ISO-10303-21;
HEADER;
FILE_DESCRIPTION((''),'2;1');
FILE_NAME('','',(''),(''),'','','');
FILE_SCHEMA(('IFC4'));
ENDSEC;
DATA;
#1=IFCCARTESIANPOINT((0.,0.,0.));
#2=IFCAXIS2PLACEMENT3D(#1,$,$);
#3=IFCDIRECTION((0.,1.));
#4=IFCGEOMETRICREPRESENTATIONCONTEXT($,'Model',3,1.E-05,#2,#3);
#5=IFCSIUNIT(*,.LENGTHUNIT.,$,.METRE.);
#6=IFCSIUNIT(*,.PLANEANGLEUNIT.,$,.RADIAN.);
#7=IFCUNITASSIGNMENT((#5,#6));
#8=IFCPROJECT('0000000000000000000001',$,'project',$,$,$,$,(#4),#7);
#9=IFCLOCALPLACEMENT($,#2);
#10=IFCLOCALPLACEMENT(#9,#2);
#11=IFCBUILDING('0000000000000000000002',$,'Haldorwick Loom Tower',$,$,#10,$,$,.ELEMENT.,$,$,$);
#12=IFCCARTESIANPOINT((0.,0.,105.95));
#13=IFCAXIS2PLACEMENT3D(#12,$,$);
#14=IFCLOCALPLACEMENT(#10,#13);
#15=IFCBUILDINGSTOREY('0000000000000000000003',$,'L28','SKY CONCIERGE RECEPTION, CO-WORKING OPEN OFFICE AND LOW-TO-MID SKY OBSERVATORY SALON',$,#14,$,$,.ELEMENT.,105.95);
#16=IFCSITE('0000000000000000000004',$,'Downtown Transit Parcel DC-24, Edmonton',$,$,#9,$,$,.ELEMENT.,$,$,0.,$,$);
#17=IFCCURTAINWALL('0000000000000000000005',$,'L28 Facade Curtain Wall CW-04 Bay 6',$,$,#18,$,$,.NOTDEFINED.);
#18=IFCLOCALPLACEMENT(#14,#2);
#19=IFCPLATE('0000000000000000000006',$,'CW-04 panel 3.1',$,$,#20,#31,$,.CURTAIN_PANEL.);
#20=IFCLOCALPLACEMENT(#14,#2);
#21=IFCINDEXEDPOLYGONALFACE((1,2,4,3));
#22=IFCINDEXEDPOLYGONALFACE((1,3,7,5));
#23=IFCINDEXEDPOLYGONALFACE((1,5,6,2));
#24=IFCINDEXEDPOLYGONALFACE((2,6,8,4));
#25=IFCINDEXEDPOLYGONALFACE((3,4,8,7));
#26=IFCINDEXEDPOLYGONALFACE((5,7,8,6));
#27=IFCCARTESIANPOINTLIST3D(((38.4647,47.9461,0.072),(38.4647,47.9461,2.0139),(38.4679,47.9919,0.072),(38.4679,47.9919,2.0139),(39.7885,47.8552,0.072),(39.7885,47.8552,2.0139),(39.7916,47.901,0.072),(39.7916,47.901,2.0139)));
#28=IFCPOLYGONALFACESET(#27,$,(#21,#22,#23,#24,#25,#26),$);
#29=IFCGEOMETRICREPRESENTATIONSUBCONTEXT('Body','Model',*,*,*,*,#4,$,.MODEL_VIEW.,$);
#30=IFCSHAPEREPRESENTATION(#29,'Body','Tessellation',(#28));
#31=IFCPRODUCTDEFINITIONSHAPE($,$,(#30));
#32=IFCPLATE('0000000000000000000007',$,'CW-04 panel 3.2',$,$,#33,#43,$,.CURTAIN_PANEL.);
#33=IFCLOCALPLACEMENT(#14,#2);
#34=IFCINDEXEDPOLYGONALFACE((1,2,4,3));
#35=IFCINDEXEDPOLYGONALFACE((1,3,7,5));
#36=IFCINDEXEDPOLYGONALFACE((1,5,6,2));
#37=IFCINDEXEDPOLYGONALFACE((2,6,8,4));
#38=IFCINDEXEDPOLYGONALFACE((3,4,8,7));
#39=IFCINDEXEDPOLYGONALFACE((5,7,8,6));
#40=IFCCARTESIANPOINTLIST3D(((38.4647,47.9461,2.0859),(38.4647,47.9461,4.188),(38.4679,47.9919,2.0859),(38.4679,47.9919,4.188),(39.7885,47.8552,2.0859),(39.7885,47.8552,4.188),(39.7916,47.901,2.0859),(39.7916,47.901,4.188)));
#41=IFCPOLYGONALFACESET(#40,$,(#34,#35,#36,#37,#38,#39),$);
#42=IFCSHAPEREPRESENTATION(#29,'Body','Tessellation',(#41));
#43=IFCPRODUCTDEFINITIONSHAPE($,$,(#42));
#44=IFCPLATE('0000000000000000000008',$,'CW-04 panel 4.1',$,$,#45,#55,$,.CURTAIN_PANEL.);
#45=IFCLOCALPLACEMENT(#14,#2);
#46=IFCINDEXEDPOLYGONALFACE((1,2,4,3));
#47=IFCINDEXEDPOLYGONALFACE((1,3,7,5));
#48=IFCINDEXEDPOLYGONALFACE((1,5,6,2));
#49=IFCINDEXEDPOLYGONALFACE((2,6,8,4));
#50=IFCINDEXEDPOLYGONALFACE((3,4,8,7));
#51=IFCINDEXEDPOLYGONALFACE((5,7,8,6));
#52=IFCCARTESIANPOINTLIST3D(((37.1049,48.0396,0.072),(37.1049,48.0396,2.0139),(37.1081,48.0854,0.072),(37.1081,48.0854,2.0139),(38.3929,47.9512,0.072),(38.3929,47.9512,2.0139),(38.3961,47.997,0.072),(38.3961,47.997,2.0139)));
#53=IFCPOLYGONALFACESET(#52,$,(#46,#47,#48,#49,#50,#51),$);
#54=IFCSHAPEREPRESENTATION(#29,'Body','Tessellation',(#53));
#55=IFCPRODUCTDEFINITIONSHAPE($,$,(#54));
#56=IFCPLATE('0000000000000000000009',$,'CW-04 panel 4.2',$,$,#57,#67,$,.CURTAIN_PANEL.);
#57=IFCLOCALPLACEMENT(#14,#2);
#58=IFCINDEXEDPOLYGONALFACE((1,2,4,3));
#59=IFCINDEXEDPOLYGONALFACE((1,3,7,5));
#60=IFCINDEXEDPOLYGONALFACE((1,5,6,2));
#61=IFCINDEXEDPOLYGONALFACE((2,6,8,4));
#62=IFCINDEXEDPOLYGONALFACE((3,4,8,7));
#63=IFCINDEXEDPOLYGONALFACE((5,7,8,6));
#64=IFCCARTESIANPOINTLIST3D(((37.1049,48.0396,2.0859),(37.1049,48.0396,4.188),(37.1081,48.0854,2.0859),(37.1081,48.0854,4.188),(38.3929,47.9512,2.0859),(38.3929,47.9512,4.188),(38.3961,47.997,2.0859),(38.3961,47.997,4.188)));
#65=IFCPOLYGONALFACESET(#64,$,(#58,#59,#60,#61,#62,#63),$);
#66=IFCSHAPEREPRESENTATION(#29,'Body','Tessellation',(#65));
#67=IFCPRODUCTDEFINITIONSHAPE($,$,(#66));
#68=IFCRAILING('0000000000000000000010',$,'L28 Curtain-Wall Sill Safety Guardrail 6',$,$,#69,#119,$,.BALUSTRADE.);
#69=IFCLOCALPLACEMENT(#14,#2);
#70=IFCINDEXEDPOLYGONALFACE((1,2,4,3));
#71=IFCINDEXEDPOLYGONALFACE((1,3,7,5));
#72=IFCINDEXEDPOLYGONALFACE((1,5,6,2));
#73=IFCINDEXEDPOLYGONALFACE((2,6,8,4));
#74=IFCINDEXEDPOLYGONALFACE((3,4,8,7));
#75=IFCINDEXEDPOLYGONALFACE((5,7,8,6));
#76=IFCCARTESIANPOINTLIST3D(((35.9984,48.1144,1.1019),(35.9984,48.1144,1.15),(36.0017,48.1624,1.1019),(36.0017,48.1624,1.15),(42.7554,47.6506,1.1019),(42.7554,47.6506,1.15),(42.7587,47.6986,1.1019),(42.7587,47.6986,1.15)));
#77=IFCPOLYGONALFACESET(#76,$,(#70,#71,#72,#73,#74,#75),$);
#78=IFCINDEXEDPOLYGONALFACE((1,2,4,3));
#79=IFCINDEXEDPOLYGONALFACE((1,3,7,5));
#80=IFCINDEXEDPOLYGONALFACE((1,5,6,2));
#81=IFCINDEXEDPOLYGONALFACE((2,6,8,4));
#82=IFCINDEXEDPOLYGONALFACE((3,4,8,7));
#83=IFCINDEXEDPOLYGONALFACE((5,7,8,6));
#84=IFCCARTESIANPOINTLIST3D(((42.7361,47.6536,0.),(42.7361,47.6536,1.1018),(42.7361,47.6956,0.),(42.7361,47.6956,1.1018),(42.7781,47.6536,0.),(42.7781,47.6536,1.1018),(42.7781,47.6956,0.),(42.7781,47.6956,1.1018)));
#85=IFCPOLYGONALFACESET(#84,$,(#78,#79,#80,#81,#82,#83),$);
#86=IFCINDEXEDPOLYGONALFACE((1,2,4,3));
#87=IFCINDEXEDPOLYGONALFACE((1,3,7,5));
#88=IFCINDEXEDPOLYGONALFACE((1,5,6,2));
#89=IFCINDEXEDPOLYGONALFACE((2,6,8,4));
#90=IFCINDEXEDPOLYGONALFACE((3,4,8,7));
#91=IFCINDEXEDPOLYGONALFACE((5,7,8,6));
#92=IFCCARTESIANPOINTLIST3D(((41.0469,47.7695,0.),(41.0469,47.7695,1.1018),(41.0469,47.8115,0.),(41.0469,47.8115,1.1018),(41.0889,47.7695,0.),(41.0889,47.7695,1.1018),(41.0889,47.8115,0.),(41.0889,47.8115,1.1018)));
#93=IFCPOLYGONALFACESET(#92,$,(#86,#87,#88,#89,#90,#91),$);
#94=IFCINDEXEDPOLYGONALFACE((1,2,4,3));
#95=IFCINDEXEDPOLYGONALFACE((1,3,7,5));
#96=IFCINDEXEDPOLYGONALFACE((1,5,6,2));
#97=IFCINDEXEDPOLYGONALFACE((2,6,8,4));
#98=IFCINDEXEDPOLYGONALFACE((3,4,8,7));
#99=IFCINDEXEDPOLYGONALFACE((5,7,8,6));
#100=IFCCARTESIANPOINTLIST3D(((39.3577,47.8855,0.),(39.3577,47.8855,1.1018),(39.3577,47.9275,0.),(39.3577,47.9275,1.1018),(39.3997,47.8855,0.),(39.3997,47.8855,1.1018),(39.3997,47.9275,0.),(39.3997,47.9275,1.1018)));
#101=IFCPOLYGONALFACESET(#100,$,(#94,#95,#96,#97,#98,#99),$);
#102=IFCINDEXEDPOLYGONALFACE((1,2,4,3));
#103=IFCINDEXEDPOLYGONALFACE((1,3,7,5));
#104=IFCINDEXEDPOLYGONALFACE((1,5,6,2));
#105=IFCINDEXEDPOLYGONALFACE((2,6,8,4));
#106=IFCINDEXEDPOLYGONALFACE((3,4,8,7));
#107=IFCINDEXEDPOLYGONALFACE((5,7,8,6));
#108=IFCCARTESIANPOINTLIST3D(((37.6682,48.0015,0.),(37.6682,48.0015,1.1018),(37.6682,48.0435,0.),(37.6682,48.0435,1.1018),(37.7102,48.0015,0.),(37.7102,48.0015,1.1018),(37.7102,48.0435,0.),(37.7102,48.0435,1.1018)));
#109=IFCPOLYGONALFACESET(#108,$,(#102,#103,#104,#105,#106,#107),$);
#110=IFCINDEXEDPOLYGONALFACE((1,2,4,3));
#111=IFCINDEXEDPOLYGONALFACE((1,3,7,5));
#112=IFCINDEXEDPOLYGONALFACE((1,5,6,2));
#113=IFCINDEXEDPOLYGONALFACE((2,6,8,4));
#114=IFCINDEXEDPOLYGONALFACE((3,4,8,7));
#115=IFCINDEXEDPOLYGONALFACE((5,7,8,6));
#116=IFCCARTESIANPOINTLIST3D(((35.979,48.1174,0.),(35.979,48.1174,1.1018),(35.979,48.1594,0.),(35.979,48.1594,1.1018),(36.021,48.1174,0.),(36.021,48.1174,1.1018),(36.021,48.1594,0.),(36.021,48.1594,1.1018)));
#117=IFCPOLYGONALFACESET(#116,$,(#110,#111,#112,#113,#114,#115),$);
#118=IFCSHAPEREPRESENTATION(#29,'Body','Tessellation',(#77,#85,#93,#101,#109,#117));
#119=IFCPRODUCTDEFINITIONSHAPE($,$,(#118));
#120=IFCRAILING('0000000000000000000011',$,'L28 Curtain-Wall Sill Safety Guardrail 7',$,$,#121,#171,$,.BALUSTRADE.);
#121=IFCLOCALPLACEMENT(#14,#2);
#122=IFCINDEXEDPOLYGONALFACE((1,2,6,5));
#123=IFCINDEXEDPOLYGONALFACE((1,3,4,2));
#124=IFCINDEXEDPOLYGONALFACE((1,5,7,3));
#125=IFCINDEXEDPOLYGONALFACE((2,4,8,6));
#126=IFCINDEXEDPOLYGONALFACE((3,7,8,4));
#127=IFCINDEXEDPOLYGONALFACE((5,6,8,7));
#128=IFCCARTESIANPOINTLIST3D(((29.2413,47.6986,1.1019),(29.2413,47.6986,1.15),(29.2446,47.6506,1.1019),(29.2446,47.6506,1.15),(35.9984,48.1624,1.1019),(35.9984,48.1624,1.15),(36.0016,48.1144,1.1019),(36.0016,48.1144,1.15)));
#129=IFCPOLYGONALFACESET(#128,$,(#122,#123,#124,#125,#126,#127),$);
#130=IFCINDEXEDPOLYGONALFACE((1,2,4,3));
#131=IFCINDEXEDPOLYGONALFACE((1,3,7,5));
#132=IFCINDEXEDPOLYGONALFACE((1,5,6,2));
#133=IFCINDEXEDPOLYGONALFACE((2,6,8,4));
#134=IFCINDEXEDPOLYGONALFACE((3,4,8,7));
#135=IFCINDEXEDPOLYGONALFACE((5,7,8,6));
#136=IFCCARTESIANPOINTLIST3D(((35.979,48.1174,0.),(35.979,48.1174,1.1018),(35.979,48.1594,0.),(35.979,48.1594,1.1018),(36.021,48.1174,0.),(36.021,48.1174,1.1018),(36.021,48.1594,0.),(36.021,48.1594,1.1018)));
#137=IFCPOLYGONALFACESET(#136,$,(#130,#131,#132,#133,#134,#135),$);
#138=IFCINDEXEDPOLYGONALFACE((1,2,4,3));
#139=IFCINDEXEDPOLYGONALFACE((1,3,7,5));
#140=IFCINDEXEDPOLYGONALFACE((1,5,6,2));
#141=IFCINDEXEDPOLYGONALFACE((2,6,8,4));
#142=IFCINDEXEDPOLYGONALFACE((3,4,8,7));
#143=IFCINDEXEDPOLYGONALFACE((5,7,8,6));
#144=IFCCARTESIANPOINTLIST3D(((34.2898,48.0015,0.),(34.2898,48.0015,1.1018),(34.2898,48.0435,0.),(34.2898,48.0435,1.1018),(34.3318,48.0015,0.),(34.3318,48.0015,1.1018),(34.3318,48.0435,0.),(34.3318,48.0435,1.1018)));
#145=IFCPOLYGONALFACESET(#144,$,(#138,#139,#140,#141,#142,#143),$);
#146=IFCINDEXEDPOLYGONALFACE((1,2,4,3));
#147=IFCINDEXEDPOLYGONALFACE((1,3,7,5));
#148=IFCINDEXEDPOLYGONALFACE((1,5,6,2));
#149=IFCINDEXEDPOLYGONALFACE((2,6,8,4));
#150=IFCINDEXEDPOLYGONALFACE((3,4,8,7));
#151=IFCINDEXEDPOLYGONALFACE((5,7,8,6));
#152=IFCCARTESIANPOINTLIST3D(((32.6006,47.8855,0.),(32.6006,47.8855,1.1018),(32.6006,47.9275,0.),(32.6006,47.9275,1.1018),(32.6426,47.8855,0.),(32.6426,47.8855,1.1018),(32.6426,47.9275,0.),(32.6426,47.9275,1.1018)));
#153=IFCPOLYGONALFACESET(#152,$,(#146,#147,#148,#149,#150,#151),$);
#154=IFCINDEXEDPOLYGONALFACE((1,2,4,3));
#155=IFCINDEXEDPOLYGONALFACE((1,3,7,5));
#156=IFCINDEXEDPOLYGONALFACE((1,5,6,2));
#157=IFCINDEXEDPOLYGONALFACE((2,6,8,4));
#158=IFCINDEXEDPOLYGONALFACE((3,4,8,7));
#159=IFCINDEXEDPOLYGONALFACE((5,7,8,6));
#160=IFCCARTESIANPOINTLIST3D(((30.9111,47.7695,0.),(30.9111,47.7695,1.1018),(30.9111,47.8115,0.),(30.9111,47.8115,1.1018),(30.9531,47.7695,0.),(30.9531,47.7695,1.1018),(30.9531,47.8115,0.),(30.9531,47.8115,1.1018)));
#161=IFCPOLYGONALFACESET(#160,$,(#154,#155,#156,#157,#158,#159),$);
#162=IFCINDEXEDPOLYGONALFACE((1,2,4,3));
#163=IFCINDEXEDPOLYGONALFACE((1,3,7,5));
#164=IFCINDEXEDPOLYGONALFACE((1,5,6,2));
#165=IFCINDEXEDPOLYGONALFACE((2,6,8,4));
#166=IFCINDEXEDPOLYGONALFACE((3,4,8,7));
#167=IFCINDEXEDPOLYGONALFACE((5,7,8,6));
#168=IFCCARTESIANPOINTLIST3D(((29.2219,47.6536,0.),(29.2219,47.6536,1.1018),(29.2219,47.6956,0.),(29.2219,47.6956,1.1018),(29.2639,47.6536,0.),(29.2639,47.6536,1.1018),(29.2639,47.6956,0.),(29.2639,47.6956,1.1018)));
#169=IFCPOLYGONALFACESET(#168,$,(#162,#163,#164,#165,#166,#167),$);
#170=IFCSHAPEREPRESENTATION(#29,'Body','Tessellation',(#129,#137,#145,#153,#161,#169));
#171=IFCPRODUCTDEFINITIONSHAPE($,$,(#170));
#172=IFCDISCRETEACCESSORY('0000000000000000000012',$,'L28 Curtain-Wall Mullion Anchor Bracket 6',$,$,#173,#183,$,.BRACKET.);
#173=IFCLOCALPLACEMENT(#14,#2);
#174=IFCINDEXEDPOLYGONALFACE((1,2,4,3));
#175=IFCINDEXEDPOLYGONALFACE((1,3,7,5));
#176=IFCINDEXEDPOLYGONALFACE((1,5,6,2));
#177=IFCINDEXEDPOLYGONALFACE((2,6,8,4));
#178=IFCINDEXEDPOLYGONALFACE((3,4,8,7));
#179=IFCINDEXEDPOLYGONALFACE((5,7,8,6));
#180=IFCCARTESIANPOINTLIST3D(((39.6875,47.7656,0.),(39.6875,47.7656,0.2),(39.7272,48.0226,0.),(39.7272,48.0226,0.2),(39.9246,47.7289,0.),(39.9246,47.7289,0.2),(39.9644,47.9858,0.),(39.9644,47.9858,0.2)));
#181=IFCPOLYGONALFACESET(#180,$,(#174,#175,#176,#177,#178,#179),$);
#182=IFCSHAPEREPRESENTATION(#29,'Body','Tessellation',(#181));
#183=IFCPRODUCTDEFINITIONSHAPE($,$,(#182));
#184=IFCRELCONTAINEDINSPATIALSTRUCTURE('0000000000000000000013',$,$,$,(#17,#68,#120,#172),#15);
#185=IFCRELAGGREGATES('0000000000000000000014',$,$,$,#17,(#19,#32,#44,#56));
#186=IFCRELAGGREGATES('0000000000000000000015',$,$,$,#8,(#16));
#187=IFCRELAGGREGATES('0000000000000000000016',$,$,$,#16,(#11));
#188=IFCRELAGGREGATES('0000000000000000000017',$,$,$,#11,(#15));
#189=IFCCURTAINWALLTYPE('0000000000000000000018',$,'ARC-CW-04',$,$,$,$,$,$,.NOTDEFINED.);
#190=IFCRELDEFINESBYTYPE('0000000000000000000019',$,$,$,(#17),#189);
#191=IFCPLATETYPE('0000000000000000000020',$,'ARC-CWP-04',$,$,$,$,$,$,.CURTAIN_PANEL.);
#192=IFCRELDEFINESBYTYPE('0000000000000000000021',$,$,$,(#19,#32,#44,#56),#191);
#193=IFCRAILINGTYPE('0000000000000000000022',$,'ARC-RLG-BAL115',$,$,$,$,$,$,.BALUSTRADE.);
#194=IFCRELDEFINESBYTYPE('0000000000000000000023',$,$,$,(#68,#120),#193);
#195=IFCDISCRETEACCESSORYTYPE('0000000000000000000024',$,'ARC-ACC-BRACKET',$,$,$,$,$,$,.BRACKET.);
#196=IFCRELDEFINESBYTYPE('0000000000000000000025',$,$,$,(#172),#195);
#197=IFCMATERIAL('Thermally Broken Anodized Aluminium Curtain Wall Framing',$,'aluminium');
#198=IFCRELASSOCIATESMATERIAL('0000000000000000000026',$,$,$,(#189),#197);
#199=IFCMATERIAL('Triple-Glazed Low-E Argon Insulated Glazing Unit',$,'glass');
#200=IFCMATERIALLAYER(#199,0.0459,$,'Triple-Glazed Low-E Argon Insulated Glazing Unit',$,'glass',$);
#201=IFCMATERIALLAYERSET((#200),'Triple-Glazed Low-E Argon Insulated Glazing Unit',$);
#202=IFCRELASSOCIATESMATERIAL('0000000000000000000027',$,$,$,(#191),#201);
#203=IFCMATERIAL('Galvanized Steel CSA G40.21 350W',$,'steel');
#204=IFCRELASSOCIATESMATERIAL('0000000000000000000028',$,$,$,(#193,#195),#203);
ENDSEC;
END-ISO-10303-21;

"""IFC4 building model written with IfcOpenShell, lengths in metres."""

from ifc_helpers import new_model, si_unit, direction, frame, origin, origin_2d, place, context, subcontext, project, spatial, rectangle, extrude, material, layer, layer_set, type_object, element, aggregate, save


model = new_model("IFC4")

# Units and contexts
model_context = context("Model", 3, precision=1e-05, world=origin(), true_north=direction((0.0, 1.0)))
body_context = subcontext(model_context, "Body", "Model", "MODEL_VIEW")
ifc_project = project(units=[si_unit("LENGTHUNIT", "METRE"), si_unit("PLANEANGLEUNIT", "RADIAN")], contexts=[model_context])

# Site, building, storey
site_placement = place(None, origin())
site = spatial("IfcSite", under=ifc_project, at=site_placement, Name="Downtown Transit Parcel DC-24, Edmonton", CompositionType="ELEMENT", RefElevation=0.0)
building_placement = place(site_placement, origin())
building = spatial("IfcBuilding", under=site, at=building_placement, Name="Haldorwick Loom Tower", CompositionType="ELEMENT")
storey_placement = place(building_placement, frame((0.0, 0.0, 105.95)))
storey = spatial("IfcBuildingStorey", under=building, at=storey_placement, Name="L28", Description="SKY CONCIERGE RECEPTION, CO-WORKING OPEN OFFICE AND LOW-TO-MID SKY OBSERVATORY SALON", CompositionType="ELEMENT", Elevation=105.95)

# Shared definitions
ifc_material_1 = material(Name="Thermally Broken Anodized Aluminium Curtain Wall Framing", Category="aluminium")
curtain_wall_type = type_object("IfcCurtainWallType", Name="ARC-CW-04", PredefinedType="NOTDEFINED", material=ifc_material_1)

# Curtain wall
curtain_wall_1_placement = place(storey_placement, origin())
curtain_wall_1 = element("IfcCurtainWall", 1, at=curtain_wall_1_placement, inside=storey, type_object=curtain_wall_type, Name="L28 Facade Curtain Wall CW-04 Bay 6", PredefinedType="NOTDEFINED")

# Plates
ifc_material_2 = material(Name="Triple-Glazed Low-E Argon Insulated Glazing Unit", Category="glass")
ifc_layer = layer(ifc_material_2, 0.0459, Name="Triple-Glazed Low-E Argon Insulated Glazing Unit", Category="glass")
ifc_layer_set = layer_set([ifc_layer], Name="Triple-Glazed Low-E Argon Insulated Glazing Unit")
plate_type = type_object("IfcPlateType", Name="ARC-CWP-04", PredefinedType="CURTAIN_PANEL", material=ifc_layer_set)
plate_1_placement = place(storey_placement, frame((39.1282, 47.9236, 0.072), z_axis=(0.0, 0.0, 1.0), x_axis=(-0.997651, 0.068496, 0.0)))
plate_1 = element("IfcPlate", 2, at=plate_1_placement, type_object=plate_type, Name="CW-04 panel 3.1", PredefinedType="CURTAIN_PANEL", context=body_context, shape_type="SweptSolid", body=[
    extrude(rectangle(XDim=1.3269, YDim=0.0459, at=origin_2d()), origin(), (0.0, 0.0, 1.0), 1.9419),
])
plate_2_placement = place(storey_placement, frame((39.1282, 47.9236, 2.0859), z_axis=(0.0, 0.0, 1.0), x_axis=(-0.997651, 0.068496, 0.0)))
plate_2 = element("IfcPlate", 3, at=plate_2_placement, type_object=plate_type, Name="CW-04 panel 3.2", PredefinedType="CURTAIN_PANEL", context=body_context, shape_type="SweptSolid", body=[
    extrude(rectangle(XDim=1.3269, YDim=0.0459, at=origin_2d()), origin(), (0.0, 0.0, 1.0), 2.1021),
])
plate_3_placement = place(storey_placement, frame((37.7505, 48.0183, 0.072), z_axis=(0.0, 0.0, 1.0), x_axis=(-0.997651, 0.068496, 0.0)))
plate_3 = element("IfcPlate", 4, at=plate_3_placement, type_object=plate_type, Name="CW-04 panel 4.1", PredefinedType="CURTAIN_PANEL", context=body_context, shape_type="SweptSolid", body=[
    extrude(rectangle(XDim=1.291, YDim=0.0459, at=origin_2d()), origin(), (0.0, 0.0, 1.0), 1.9419),
])
plate_4_placement = place(storey_placement, frame((37.7505, 48.0183, 2.0859), z_axis=(0.0, 0.0, 1.0), x_axis=(-0.997651, 0.068496, 0.0)))
plate_4 = element("IfcPlate", 5, at=plate_4_placement, type_object=plate_type, Name="CW-04 panel 4.2", PredefinedType="CURTAIN_PANEL", context=body_context, shape_type="SweptSolid", body=[
    extrude(rectangle(XDim=1.291, YDim=0.0459, at=origin_2d()), origin(), (0.0, 0.0, 1.0), 2.1021),
])
aggregate(curtain_wall_1, [plate_1, plate_2, plate_3, plate_4])

# Railings
ifc_material_3 = material(Name="Galvanized Steel CSA G40.21 350W", Category="steel")
railing_type = type_object("IfcRailingType", Name="ARC-RLG-BAL115", PredefinedType="BALUSTRADE", material=ifc_material_3)
railing_1_placement = place(storey_placement, frame((42.7571, 47.6746, 0.0)))
element("IfcRailing", 6, at=railing_1_placement, inside=storey, type_object=railing_type, Name="L28 Curtain-Wall Sill Safety Guardrail 6", PredefinedType="BALUSTRADE", context=body_context, shape_type="SweptSolid", body=[
    extrude(rectangle(XDim=0.0481, YDim=0.0481, at=origin_2d()), frame((0.0, 0.0, 1.126), z_axis=(-0.997652, 0.068488, 0.0), x_axis=(-0.068488, -0.997652, 0.0)), (0.0, 0.0, 1.0), 6.7729),
    extrude(rectangle(XDim=0.042, YDim=0.042, at=origin_2d()), origin(), (0.0, 0.0, 1.0), 1.1018),
    extrude(rectangle(XDim=0.042, YDim=0.042, at=origin_2d()), frame((-1.6892, 0.116, 0.0)), (0.0, 0.0, 1.0), 1.1018),
    extrude(rectangle(XDim=0.042, YDim=0.042, at=origin_2d()), frame((-3.3784, 0.2319, 0.0)), (0.0, 0.0, 1.0), 1.1018),
    extrude(rectangle(XDim=0.042, YDim=0.042, at=origin_2d()), frame((-5.0679, 0.3479, 0.0)), (0.0, 0.0, 1.0), 1.1018),
    extrude(rectangle(XDim=0.042, YDim=0.042, at=origin_2d()), frame((-6.7571, 0.4639, 0.0)), (0.0, 0.0, 1.0), 1.1018),
])
railing_2_placement = place(storey_placement, frame((36.0, 48.1384, 0.0)))
element("IfcRailing", 7, at=railing_2_placement, inside=storey, type_object=railing_type, Name="L28 Curtain-Wall Sill Safety Guardrail 7", PredefinedType="BALUSTRADE", context=body_context, shape_type="SweptSolid", body=[
    extrude(rectangle(XDim=0.0481, YDim=0.0481, at=origin_2d()), frame((0.0, 0.0, 1.126), z_axis=(-0.997652, -0.068488, 0.0), x_axis=(0.068488, -0.997652, 0.0)), (0.0, 0.0, 1.0), 6.7729),
    extrude(rectangle(XDim=0.042, YDim=0.042, at=origin_2d()), origin(), (0.0, 0.0, 1.0), 1.1018),
    extrude(rectangle(XDim=0.042, YDim=0.042, at=origin_2d()), frame((-1.6892, -0.116, 0.0)), (0.0, 0.0, 1.0), 1.1018),
    extrude(rectangle(XDim=0.042, YDim=0.042, at=origin_2d()), frame((-3.3784, -0.2319, 0.0)), (0.0, 0.0, 1.0), 1.1018),
    extrude(rectangle(XDim=0.042, YDim=0.042, at=origin_2d()), frame((-5.0679, -0.3479, 0.0)), (0.0, 0.0, 1.0), 1.1018),
    extrude(rectangle(XDim=0.042, YDim=0.042, at=origin_2d()), frame((-6.7571, -0.4639, 0.0)), (0.0, 0.0, 1.0), 1.1018),
])

# Discrete accessory
discrete_accessory_type = type_object("IfcDiscreteAccessoryType", Name="ARC-ACC-BRACKET", PredefinedType="BRACKET", material=ifc_material_3)
discrete_accessory_placement = place(storey_placement, frame((39.8259, 47.8757, 0.0), z_axis=(0.0, 0.0, 1.0), x_axis=(0.152986, 0.988228, 0.0)))
element("IfcDiscreteAccessory", 8, at=discrete_accessory_placement, inside=storey, type_object=discrete_accessory_type, Name="L28 Curtain-Wall Mullion Anchor Bracket 6", PredefinedType="BRACKET", context=body_context, shape_type="SweptSolid", body=[
    extrude(rectangle(XDim=0.26, YDim=0.24, at=origin_2d()), origin(), (0.0, 0.0, 1.0), 0.2),
])

save(model, "model.ifc")
